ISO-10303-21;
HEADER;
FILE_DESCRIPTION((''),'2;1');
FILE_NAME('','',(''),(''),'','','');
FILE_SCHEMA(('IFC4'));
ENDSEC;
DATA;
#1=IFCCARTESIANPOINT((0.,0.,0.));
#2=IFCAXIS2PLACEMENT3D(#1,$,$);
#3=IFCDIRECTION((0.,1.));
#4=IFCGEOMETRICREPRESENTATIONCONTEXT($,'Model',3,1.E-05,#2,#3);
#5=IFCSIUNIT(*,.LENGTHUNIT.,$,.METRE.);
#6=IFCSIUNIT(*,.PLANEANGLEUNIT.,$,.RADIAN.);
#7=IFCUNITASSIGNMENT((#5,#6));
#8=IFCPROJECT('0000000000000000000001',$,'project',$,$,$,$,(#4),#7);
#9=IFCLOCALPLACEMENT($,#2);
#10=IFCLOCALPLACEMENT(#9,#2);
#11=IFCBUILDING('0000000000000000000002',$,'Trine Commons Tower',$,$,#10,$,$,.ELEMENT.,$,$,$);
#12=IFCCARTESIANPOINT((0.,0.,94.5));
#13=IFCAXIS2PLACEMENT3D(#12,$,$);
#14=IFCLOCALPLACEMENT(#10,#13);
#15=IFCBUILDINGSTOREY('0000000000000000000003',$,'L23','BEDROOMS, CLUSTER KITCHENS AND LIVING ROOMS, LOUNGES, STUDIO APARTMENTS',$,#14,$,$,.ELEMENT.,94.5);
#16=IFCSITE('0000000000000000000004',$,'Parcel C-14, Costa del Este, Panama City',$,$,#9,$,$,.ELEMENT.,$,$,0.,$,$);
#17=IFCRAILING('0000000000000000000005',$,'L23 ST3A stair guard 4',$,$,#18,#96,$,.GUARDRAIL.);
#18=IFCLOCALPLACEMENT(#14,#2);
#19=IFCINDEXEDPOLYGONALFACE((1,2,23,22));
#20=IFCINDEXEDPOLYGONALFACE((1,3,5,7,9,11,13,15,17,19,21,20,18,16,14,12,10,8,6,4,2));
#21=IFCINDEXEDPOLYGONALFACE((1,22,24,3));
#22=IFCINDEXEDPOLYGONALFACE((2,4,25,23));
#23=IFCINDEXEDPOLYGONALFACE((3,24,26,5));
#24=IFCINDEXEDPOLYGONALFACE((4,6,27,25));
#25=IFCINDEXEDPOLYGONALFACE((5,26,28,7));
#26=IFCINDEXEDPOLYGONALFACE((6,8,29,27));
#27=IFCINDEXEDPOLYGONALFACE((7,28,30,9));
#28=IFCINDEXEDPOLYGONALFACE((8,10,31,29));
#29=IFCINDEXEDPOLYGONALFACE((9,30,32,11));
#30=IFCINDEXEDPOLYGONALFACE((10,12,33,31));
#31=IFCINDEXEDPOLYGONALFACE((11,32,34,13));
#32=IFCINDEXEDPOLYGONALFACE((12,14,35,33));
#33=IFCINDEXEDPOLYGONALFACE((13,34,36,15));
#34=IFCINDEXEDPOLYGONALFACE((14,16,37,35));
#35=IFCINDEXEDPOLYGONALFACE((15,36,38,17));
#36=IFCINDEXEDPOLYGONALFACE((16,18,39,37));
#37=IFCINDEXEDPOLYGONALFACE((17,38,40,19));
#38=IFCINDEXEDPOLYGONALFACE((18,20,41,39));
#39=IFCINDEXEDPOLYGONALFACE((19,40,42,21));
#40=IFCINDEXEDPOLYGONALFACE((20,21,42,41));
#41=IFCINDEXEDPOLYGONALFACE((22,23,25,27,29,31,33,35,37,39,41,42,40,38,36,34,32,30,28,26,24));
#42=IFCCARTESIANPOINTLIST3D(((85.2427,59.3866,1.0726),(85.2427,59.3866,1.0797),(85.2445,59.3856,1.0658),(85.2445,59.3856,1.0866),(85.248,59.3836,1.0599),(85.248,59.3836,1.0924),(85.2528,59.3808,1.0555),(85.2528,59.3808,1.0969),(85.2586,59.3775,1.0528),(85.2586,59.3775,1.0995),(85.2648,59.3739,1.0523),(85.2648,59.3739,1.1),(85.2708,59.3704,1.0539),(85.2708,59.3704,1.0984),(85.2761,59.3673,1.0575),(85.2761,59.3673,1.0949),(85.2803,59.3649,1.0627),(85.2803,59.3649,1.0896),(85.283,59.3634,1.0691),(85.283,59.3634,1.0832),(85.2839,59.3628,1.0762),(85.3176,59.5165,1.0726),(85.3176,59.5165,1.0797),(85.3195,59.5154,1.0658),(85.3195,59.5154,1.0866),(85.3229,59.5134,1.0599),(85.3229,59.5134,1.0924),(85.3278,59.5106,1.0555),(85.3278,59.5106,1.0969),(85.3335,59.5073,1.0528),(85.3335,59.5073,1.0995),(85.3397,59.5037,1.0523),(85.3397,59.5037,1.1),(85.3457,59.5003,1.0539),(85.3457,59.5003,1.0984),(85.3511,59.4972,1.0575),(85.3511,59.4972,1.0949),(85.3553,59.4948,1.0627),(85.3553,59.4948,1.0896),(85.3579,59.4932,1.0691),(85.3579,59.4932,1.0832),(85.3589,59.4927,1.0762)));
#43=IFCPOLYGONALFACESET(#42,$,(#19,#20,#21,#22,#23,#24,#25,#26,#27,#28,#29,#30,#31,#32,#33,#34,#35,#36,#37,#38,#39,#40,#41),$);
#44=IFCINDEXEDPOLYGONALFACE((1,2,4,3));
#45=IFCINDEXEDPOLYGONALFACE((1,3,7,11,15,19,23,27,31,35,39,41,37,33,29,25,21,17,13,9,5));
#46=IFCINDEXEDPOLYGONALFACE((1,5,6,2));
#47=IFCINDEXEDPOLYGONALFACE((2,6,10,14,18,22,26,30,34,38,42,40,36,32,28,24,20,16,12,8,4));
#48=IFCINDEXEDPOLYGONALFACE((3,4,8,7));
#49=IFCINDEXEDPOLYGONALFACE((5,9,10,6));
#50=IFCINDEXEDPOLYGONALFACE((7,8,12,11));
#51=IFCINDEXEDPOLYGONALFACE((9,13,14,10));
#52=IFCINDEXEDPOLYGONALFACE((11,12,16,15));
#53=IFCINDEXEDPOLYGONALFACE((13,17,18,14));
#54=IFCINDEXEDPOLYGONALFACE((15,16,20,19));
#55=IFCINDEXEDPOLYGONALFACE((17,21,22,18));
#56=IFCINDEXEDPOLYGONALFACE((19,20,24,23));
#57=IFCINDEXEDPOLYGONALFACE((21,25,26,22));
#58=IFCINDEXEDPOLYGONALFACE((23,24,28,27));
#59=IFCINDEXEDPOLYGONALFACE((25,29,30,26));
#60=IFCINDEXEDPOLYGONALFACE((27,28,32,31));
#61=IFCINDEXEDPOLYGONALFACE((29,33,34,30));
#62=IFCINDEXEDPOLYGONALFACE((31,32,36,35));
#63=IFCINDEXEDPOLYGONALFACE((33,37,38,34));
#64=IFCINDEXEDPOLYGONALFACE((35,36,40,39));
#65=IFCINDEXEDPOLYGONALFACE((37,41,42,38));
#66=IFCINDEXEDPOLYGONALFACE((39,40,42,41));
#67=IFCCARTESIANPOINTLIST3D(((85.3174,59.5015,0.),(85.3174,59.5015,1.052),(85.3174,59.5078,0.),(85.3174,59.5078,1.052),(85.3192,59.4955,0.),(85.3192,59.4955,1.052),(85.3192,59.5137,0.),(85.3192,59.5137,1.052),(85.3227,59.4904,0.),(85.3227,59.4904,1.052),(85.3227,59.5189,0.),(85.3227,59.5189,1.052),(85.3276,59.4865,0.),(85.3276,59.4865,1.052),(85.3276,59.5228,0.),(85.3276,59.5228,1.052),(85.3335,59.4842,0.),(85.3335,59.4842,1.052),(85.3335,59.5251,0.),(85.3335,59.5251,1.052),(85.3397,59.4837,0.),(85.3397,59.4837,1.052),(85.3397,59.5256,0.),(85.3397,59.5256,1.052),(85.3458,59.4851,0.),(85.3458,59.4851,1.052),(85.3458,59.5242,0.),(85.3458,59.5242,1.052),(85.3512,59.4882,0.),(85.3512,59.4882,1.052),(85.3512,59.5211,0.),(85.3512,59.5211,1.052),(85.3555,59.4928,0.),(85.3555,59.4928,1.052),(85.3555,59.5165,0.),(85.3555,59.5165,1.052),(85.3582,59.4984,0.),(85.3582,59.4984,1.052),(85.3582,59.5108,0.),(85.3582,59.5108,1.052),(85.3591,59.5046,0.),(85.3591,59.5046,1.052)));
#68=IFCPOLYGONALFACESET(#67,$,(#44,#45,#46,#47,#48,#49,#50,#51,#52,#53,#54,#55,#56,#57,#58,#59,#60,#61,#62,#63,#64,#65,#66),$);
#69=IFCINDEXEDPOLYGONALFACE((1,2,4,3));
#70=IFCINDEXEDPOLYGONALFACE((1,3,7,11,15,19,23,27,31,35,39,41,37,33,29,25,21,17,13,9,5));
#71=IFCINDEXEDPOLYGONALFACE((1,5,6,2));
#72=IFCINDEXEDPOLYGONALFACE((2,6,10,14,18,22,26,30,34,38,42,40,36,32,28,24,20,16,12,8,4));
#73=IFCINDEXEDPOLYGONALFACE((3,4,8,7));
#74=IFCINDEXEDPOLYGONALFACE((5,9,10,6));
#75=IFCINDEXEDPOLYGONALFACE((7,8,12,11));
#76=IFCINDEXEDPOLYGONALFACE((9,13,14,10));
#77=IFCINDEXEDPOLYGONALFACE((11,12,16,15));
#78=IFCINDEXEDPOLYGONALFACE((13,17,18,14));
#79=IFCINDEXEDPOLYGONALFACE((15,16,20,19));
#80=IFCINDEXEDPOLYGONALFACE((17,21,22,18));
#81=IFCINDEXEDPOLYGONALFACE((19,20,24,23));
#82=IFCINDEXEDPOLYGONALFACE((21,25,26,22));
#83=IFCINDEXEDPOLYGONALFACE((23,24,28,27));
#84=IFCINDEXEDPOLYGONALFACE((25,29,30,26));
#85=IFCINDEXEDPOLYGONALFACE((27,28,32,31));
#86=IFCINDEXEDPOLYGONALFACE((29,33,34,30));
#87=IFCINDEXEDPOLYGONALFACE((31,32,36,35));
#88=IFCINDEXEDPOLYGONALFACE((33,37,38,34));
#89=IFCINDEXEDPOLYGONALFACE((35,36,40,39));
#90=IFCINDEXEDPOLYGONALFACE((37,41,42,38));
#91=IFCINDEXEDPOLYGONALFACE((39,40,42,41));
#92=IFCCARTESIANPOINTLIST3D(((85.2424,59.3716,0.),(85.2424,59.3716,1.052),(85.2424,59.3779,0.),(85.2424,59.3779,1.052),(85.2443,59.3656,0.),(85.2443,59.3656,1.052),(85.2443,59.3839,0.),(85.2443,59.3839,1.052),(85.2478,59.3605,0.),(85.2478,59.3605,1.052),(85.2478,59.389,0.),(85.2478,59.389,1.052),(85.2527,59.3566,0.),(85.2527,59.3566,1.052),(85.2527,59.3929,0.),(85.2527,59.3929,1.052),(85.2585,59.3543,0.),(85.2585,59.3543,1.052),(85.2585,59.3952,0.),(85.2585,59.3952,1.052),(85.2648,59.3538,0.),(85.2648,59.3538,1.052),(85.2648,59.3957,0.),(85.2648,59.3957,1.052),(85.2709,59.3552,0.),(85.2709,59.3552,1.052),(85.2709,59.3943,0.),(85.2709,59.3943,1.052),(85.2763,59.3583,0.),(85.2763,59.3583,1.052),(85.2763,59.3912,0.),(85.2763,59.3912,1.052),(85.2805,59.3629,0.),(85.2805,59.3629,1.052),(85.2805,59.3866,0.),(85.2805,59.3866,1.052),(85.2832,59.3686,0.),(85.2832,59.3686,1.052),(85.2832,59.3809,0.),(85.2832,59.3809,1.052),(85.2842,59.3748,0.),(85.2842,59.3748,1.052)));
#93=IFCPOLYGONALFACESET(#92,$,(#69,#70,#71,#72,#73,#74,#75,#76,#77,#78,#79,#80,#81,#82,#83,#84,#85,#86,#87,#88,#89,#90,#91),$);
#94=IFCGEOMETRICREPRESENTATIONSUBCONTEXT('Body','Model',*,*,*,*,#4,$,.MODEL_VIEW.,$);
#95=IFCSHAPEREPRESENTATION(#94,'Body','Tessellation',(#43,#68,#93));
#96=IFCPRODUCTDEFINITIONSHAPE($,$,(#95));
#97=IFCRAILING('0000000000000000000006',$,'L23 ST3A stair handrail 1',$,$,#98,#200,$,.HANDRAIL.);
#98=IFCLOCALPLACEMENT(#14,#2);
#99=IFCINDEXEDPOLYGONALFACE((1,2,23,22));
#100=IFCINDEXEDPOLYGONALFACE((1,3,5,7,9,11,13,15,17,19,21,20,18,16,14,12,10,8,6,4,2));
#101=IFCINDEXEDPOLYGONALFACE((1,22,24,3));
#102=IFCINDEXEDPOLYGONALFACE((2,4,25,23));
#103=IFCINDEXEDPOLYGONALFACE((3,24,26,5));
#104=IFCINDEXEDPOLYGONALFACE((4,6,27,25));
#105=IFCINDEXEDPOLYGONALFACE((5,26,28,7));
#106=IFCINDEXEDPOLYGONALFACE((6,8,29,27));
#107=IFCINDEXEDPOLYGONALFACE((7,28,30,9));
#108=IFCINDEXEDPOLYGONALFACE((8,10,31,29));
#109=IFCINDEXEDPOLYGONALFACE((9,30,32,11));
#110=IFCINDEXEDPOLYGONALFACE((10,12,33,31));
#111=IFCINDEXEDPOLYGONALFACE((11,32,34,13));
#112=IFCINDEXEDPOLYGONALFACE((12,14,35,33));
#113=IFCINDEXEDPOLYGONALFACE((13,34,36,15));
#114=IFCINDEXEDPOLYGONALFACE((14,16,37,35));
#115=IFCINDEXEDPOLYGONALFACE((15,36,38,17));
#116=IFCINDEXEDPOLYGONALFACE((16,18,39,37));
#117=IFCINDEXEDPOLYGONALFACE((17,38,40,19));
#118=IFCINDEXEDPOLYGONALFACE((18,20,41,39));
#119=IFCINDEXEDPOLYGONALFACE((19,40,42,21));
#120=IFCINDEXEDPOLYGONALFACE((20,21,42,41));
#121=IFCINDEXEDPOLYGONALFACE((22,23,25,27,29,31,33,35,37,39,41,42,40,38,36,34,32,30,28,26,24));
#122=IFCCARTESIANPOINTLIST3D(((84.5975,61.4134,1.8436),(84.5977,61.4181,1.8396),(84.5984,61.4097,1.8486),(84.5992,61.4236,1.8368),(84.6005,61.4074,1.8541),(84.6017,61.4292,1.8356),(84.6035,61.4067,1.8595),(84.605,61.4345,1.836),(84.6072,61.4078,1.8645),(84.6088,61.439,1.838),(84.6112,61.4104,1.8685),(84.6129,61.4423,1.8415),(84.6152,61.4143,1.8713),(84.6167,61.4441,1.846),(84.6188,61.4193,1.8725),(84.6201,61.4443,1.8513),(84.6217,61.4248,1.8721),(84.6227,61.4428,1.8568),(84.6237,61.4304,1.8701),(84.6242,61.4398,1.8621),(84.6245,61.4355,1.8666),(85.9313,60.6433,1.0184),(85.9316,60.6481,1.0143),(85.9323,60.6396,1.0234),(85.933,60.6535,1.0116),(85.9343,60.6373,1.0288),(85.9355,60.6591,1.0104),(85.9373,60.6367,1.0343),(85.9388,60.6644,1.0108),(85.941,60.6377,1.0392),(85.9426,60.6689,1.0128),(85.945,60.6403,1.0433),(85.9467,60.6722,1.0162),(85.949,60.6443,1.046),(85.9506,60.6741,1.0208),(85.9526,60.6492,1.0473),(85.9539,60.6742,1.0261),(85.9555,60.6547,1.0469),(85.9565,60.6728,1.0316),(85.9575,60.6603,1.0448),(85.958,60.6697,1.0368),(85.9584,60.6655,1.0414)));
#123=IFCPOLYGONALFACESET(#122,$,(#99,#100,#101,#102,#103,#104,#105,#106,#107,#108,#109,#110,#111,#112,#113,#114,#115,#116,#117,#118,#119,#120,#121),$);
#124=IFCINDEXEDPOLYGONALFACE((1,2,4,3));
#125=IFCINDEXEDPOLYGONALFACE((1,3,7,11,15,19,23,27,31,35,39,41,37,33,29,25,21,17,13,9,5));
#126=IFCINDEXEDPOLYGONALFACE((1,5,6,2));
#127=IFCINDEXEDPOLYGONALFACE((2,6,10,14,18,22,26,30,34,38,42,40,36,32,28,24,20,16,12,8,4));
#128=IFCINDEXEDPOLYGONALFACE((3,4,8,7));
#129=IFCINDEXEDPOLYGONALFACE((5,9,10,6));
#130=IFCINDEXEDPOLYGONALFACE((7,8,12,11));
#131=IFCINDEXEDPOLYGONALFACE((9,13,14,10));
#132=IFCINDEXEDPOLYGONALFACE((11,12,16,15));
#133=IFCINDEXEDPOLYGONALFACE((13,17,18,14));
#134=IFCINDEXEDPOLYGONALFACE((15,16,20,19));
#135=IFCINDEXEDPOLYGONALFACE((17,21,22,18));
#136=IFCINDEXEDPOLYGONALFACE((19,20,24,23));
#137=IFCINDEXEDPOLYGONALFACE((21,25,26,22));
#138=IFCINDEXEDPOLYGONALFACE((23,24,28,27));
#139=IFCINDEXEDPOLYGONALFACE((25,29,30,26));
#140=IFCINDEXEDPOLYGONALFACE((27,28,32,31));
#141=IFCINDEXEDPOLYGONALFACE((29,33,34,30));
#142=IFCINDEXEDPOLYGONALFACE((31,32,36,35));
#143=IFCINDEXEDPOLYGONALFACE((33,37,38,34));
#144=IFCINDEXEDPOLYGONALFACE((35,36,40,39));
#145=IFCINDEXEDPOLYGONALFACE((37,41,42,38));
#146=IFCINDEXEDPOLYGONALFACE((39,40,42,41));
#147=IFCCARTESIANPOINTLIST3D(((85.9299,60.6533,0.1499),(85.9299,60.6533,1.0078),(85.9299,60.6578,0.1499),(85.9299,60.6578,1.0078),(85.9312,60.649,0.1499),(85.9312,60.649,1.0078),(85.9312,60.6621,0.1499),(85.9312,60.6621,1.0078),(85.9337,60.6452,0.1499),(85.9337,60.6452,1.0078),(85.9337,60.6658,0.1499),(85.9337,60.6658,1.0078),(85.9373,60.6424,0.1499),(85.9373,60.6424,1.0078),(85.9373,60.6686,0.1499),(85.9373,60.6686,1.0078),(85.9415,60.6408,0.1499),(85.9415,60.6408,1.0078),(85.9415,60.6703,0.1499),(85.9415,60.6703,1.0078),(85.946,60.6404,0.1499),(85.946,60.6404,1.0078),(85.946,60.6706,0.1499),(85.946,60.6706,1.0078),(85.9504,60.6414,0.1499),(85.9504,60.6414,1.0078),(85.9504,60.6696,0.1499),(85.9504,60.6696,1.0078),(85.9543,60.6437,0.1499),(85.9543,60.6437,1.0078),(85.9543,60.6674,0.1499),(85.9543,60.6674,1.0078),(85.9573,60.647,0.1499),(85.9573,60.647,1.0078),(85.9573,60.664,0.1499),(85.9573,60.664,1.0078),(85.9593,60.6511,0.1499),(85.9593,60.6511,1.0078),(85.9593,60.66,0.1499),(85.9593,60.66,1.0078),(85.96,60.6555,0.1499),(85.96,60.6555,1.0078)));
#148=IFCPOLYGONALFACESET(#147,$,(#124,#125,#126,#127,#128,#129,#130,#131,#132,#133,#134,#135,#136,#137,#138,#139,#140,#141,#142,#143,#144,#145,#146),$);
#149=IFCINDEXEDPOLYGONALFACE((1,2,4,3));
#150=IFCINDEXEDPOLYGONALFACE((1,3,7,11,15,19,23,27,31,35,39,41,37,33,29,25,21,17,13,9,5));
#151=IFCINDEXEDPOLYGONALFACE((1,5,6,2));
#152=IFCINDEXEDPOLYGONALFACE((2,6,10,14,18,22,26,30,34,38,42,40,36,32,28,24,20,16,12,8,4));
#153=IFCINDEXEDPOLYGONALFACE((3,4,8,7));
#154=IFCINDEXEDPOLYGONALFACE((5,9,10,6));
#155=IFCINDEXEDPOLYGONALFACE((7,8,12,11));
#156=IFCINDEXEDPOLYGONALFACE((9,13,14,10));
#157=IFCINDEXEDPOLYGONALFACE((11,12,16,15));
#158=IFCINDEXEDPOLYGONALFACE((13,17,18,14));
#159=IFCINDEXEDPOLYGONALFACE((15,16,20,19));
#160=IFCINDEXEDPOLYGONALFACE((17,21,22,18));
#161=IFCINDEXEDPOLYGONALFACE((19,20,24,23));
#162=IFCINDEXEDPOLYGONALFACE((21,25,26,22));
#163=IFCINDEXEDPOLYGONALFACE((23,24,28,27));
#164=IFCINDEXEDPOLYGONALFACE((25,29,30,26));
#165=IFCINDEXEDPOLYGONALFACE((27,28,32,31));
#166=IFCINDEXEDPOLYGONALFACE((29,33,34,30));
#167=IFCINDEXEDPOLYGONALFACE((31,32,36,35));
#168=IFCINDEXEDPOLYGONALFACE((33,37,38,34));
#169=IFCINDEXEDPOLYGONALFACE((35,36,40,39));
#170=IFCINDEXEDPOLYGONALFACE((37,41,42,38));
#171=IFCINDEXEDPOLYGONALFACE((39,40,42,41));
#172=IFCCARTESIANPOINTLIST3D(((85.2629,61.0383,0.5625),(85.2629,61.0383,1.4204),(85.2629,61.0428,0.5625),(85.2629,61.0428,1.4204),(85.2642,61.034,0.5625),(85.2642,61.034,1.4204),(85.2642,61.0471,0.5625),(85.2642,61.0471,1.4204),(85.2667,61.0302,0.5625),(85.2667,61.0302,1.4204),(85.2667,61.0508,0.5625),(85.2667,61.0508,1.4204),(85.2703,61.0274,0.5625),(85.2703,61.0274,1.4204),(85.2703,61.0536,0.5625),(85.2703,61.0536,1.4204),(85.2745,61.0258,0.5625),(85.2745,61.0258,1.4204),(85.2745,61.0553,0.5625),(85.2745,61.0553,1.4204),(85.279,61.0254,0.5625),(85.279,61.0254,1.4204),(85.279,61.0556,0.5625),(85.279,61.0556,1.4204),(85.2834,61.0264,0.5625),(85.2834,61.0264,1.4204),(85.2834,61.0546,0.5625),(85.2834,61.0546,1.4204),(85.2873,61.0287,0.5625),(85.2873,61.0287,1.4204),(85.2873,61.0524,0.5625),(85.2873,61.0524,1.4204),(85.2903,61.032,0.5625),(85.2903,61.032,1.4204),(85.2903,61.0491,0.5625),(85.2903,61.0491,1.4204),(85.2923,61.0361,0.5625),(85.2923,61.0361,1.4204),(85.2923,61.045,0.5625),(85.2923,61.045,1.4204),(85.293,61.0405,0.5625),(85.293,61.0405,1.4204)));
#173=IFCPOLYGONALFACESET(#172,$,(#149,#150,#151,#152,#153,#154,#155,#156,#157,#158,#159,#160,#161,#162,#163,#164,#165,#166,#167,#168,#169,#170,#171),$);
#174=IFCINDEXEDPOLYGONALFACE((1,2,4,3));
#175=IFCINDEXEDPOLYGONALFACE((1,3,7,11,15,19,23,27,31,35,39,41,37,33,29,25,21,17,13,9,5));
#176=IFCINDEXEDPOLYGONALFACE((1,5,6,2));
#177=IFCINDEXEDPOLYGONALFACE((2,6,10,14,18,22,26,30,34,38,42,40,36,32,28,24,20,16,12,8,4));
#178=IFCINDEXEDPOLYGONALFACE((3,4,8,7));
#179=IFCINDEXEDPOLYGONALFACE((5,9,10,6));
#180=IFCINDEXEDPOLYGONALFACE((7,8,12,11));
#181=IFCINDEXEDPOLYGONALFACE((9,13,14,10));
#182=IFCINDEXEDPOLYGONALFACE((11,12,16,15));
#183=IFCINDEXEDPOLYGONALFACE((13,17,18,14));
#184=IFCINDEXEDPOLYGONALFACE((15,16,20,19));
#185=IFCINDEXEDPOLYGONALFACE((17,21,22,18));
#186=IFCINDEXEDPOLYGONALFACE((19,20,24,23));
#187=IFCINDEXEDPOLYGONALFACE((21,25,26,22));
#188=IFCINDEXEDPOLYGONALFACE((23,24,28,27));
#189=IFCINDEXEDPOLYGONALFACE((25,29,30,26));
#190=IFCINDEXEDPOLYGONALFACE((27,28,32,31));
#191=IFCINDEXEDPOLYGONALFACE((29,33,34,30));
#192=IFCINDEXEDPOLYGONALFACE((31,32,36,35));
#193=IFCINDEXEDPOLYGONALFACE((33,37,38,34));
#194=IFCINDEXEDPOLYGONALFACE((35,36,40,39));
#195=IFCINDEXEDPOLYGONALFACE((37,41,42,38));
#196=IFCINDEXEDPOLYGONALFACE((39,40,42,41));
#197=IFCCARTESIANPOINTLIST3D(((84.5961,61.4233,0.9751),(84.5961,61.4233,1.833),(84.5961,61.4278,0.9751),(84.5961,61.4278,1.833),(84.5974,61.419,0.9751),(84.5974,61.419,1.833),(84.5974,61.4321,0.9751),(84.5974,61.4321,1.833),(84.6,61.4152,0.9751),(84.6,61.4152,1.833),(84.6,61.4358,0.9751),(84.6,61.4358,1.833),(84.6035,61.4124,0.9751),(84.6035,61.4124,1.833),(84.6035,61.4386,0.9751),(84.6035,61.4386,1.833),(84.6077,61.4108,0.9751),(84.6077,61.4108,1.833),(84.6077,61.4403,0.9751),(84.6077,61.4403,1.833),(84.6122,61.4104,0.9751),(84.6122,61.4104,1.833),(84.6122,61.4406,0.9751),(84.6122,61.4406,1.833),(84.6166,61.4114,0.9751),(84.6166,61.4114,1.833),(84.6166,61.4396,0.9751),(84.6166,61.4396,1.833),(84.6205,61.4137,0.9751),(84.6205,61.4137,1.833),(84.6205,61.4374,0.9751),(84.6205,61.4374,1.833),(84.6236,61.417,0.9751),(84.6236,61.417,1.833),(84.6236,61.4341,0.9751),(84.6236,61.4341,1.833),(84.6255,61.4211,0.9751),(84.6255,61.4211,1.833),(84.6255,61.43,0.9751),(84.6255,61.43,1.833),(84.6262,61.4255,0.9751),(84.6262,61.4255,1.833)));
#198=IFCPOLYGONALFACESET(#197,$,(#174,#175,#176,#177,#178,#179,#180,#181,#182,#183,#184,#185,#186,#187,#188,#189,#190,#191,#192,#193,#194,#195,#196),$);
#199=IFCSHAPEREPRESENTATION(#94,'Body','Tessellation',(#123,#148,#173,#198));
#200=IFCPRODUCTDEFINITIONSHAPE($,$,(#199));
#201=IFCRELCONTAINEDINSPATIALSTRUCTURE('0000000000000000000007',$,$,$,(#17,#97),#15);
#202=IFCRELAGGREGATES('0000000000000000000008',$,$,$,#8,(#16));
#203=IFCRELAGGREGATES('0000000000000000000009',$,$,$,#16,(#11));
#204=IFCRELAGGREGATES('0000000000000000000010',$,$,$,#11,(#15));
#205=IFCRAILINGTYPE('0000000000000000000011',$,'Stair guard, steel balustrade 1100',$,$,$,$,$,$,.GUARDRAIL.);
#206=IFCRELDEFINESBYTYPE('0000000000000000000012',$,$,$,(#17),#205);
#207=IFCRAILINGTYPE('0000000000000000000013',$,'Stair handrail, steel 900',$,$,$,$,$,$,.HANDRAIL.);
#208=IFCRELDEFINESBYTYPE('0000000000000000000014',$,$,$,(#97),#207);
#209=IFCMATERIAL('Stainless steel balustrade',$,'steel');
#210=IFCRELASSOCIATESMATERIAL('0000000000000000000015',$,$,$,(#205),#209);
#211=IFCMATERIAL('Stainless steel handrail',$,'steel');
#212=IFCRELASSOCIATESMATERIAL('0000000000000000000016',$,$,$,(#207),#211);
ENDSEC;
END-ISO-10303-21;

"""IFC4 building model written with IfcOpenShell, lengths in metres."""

from ifc_helpers import new_model, si_unit, direction, frame, origin, origin_2d, place, context, subcontext, project, spatial, circle, extrude, material, type_object, element, save


model = new_model("IFC4")

# Units and contexts
model_context = context("Model", 3, precision=1e-05, world=origin(), true_north=direction((0.0, 1.0)))
body_context = subcontext(model_context, "Body", "Model", "MODEL_VIEW")
ifc_project = project(units=[si_unit("LENGTHUNIT", "METRE"), si_unit("PLANEANGLEUNIT", "RADIAN")], contexts=[model_context])

# Site, building, storey
site_placement = place(None, origin())
site = spatial("IfcSite", under=ifc_project, at=site_placement, Name="Parcel C-14, Costa del Este, Panama City", CompositionType="ELEMENT", RefElevation=0.0)
building_placement = place(site_placement, origin())
building = spatial("IfcBuilding", under=site, at=building_placement, Name="Trine Commons Tower", CompositionType="ELEMENT")
storey_placement = place(building_placement, frame((0.0, 0.0, 94.5)))
storey = spatial("IfcBuildingStorey", under=building, at=storey_placement, Name="L23", Description="BEDROOMS, CLUSTER KITCHENS AND LIVING ROOMS, LOUNGES, STUDIO APARTMENTS", CompositionType="ELEMENT", Elevation=94.5)

# Railings
ifc_material_1 = material(Name="Stainless steel balustrade", Category="steel")
railing_type_1 = type_object("IfcRailingType", Name="Stair guard, steel balustrade 1100", PredefinedType="GUARDRAIL", material=ifc_material_1)
railing_1_placement = place(storey_placement, frame((85.3381, 59.5046, 0.0)))
element("IfcRailing", 1, at=railing_1_placement, inside=storey, type_object=railing_type_1, Name="L23 ST3A stair guard 4", PredefinedType="GUARDRAIL", context=body_context, shape_type="SweptSolid", body=[
    extrude(circle(Radius=0.0239, at=origin_2d()), frame((0.0, 0.0, 1.0762), z_axis=(-0.499816, -0.866131, 0.0), x_axis=(0.866131, -0.499816, 0.0)), (0.0, 0.0, 1.0), 0.1499),
    extrude(circle(Radius=0.021, at=origin_2d()), origin(), (0.0, 0.0, 1.0), 1.052),
    extrude(circle(Radius=0.021, at=origin_2d()), frame((-0.075, -0.1299, 0.0)), (0.0, 0.0, 1.0), 1.052),
])
ifc_material_2 = material(Name="Stainless steel handrail", Category="steel")
railing_type_2 = type_object("IfcRailingType", Name="Stair handrail, steel 900", PredefinedType="HANDRAIL", material=ifc_material_2)
railing_2_placement = place(storey_placement, frame((85.9448, 60.6555, 0.1499)))
element("IfcRailing", 2, at=railing_2_placement, inside=storey, type_object=railing_type_2, Name="L23 ST3A stair handrail 1", PredefinedType="HANDRAIL", context=body_context, shape_type="SweptSolid", body=[
    extrude(circle(Radius=0.021, at=origin_2d()), frame((0.0, 0.0, 0.8789), z_axis=(-0.763355, 0.440714, 0.472293), x_axis=(-0.499992, -0.86603, 0.0)), (0.0, 0.0, 1.0), 1.7473),
    extrude(circle(Radius=0.0151, at=origin_2d()), origin(), (0.0, 0.0, 1.0), 0.8579),
    extrude(circle(Radius=0.0151, at=origin_2d()), frame((-0.667, 0.385, 0.4126)), (0.0, 0.0, 1.0), 0.8579),
    extrude(circle(Radius=0.0151, at=origin_2d()), frame((-1.3337, 0.77, 0.8252)), (0.0, 0.0, 1.0), 0.8579),
])

save(model, "model.ifc")
